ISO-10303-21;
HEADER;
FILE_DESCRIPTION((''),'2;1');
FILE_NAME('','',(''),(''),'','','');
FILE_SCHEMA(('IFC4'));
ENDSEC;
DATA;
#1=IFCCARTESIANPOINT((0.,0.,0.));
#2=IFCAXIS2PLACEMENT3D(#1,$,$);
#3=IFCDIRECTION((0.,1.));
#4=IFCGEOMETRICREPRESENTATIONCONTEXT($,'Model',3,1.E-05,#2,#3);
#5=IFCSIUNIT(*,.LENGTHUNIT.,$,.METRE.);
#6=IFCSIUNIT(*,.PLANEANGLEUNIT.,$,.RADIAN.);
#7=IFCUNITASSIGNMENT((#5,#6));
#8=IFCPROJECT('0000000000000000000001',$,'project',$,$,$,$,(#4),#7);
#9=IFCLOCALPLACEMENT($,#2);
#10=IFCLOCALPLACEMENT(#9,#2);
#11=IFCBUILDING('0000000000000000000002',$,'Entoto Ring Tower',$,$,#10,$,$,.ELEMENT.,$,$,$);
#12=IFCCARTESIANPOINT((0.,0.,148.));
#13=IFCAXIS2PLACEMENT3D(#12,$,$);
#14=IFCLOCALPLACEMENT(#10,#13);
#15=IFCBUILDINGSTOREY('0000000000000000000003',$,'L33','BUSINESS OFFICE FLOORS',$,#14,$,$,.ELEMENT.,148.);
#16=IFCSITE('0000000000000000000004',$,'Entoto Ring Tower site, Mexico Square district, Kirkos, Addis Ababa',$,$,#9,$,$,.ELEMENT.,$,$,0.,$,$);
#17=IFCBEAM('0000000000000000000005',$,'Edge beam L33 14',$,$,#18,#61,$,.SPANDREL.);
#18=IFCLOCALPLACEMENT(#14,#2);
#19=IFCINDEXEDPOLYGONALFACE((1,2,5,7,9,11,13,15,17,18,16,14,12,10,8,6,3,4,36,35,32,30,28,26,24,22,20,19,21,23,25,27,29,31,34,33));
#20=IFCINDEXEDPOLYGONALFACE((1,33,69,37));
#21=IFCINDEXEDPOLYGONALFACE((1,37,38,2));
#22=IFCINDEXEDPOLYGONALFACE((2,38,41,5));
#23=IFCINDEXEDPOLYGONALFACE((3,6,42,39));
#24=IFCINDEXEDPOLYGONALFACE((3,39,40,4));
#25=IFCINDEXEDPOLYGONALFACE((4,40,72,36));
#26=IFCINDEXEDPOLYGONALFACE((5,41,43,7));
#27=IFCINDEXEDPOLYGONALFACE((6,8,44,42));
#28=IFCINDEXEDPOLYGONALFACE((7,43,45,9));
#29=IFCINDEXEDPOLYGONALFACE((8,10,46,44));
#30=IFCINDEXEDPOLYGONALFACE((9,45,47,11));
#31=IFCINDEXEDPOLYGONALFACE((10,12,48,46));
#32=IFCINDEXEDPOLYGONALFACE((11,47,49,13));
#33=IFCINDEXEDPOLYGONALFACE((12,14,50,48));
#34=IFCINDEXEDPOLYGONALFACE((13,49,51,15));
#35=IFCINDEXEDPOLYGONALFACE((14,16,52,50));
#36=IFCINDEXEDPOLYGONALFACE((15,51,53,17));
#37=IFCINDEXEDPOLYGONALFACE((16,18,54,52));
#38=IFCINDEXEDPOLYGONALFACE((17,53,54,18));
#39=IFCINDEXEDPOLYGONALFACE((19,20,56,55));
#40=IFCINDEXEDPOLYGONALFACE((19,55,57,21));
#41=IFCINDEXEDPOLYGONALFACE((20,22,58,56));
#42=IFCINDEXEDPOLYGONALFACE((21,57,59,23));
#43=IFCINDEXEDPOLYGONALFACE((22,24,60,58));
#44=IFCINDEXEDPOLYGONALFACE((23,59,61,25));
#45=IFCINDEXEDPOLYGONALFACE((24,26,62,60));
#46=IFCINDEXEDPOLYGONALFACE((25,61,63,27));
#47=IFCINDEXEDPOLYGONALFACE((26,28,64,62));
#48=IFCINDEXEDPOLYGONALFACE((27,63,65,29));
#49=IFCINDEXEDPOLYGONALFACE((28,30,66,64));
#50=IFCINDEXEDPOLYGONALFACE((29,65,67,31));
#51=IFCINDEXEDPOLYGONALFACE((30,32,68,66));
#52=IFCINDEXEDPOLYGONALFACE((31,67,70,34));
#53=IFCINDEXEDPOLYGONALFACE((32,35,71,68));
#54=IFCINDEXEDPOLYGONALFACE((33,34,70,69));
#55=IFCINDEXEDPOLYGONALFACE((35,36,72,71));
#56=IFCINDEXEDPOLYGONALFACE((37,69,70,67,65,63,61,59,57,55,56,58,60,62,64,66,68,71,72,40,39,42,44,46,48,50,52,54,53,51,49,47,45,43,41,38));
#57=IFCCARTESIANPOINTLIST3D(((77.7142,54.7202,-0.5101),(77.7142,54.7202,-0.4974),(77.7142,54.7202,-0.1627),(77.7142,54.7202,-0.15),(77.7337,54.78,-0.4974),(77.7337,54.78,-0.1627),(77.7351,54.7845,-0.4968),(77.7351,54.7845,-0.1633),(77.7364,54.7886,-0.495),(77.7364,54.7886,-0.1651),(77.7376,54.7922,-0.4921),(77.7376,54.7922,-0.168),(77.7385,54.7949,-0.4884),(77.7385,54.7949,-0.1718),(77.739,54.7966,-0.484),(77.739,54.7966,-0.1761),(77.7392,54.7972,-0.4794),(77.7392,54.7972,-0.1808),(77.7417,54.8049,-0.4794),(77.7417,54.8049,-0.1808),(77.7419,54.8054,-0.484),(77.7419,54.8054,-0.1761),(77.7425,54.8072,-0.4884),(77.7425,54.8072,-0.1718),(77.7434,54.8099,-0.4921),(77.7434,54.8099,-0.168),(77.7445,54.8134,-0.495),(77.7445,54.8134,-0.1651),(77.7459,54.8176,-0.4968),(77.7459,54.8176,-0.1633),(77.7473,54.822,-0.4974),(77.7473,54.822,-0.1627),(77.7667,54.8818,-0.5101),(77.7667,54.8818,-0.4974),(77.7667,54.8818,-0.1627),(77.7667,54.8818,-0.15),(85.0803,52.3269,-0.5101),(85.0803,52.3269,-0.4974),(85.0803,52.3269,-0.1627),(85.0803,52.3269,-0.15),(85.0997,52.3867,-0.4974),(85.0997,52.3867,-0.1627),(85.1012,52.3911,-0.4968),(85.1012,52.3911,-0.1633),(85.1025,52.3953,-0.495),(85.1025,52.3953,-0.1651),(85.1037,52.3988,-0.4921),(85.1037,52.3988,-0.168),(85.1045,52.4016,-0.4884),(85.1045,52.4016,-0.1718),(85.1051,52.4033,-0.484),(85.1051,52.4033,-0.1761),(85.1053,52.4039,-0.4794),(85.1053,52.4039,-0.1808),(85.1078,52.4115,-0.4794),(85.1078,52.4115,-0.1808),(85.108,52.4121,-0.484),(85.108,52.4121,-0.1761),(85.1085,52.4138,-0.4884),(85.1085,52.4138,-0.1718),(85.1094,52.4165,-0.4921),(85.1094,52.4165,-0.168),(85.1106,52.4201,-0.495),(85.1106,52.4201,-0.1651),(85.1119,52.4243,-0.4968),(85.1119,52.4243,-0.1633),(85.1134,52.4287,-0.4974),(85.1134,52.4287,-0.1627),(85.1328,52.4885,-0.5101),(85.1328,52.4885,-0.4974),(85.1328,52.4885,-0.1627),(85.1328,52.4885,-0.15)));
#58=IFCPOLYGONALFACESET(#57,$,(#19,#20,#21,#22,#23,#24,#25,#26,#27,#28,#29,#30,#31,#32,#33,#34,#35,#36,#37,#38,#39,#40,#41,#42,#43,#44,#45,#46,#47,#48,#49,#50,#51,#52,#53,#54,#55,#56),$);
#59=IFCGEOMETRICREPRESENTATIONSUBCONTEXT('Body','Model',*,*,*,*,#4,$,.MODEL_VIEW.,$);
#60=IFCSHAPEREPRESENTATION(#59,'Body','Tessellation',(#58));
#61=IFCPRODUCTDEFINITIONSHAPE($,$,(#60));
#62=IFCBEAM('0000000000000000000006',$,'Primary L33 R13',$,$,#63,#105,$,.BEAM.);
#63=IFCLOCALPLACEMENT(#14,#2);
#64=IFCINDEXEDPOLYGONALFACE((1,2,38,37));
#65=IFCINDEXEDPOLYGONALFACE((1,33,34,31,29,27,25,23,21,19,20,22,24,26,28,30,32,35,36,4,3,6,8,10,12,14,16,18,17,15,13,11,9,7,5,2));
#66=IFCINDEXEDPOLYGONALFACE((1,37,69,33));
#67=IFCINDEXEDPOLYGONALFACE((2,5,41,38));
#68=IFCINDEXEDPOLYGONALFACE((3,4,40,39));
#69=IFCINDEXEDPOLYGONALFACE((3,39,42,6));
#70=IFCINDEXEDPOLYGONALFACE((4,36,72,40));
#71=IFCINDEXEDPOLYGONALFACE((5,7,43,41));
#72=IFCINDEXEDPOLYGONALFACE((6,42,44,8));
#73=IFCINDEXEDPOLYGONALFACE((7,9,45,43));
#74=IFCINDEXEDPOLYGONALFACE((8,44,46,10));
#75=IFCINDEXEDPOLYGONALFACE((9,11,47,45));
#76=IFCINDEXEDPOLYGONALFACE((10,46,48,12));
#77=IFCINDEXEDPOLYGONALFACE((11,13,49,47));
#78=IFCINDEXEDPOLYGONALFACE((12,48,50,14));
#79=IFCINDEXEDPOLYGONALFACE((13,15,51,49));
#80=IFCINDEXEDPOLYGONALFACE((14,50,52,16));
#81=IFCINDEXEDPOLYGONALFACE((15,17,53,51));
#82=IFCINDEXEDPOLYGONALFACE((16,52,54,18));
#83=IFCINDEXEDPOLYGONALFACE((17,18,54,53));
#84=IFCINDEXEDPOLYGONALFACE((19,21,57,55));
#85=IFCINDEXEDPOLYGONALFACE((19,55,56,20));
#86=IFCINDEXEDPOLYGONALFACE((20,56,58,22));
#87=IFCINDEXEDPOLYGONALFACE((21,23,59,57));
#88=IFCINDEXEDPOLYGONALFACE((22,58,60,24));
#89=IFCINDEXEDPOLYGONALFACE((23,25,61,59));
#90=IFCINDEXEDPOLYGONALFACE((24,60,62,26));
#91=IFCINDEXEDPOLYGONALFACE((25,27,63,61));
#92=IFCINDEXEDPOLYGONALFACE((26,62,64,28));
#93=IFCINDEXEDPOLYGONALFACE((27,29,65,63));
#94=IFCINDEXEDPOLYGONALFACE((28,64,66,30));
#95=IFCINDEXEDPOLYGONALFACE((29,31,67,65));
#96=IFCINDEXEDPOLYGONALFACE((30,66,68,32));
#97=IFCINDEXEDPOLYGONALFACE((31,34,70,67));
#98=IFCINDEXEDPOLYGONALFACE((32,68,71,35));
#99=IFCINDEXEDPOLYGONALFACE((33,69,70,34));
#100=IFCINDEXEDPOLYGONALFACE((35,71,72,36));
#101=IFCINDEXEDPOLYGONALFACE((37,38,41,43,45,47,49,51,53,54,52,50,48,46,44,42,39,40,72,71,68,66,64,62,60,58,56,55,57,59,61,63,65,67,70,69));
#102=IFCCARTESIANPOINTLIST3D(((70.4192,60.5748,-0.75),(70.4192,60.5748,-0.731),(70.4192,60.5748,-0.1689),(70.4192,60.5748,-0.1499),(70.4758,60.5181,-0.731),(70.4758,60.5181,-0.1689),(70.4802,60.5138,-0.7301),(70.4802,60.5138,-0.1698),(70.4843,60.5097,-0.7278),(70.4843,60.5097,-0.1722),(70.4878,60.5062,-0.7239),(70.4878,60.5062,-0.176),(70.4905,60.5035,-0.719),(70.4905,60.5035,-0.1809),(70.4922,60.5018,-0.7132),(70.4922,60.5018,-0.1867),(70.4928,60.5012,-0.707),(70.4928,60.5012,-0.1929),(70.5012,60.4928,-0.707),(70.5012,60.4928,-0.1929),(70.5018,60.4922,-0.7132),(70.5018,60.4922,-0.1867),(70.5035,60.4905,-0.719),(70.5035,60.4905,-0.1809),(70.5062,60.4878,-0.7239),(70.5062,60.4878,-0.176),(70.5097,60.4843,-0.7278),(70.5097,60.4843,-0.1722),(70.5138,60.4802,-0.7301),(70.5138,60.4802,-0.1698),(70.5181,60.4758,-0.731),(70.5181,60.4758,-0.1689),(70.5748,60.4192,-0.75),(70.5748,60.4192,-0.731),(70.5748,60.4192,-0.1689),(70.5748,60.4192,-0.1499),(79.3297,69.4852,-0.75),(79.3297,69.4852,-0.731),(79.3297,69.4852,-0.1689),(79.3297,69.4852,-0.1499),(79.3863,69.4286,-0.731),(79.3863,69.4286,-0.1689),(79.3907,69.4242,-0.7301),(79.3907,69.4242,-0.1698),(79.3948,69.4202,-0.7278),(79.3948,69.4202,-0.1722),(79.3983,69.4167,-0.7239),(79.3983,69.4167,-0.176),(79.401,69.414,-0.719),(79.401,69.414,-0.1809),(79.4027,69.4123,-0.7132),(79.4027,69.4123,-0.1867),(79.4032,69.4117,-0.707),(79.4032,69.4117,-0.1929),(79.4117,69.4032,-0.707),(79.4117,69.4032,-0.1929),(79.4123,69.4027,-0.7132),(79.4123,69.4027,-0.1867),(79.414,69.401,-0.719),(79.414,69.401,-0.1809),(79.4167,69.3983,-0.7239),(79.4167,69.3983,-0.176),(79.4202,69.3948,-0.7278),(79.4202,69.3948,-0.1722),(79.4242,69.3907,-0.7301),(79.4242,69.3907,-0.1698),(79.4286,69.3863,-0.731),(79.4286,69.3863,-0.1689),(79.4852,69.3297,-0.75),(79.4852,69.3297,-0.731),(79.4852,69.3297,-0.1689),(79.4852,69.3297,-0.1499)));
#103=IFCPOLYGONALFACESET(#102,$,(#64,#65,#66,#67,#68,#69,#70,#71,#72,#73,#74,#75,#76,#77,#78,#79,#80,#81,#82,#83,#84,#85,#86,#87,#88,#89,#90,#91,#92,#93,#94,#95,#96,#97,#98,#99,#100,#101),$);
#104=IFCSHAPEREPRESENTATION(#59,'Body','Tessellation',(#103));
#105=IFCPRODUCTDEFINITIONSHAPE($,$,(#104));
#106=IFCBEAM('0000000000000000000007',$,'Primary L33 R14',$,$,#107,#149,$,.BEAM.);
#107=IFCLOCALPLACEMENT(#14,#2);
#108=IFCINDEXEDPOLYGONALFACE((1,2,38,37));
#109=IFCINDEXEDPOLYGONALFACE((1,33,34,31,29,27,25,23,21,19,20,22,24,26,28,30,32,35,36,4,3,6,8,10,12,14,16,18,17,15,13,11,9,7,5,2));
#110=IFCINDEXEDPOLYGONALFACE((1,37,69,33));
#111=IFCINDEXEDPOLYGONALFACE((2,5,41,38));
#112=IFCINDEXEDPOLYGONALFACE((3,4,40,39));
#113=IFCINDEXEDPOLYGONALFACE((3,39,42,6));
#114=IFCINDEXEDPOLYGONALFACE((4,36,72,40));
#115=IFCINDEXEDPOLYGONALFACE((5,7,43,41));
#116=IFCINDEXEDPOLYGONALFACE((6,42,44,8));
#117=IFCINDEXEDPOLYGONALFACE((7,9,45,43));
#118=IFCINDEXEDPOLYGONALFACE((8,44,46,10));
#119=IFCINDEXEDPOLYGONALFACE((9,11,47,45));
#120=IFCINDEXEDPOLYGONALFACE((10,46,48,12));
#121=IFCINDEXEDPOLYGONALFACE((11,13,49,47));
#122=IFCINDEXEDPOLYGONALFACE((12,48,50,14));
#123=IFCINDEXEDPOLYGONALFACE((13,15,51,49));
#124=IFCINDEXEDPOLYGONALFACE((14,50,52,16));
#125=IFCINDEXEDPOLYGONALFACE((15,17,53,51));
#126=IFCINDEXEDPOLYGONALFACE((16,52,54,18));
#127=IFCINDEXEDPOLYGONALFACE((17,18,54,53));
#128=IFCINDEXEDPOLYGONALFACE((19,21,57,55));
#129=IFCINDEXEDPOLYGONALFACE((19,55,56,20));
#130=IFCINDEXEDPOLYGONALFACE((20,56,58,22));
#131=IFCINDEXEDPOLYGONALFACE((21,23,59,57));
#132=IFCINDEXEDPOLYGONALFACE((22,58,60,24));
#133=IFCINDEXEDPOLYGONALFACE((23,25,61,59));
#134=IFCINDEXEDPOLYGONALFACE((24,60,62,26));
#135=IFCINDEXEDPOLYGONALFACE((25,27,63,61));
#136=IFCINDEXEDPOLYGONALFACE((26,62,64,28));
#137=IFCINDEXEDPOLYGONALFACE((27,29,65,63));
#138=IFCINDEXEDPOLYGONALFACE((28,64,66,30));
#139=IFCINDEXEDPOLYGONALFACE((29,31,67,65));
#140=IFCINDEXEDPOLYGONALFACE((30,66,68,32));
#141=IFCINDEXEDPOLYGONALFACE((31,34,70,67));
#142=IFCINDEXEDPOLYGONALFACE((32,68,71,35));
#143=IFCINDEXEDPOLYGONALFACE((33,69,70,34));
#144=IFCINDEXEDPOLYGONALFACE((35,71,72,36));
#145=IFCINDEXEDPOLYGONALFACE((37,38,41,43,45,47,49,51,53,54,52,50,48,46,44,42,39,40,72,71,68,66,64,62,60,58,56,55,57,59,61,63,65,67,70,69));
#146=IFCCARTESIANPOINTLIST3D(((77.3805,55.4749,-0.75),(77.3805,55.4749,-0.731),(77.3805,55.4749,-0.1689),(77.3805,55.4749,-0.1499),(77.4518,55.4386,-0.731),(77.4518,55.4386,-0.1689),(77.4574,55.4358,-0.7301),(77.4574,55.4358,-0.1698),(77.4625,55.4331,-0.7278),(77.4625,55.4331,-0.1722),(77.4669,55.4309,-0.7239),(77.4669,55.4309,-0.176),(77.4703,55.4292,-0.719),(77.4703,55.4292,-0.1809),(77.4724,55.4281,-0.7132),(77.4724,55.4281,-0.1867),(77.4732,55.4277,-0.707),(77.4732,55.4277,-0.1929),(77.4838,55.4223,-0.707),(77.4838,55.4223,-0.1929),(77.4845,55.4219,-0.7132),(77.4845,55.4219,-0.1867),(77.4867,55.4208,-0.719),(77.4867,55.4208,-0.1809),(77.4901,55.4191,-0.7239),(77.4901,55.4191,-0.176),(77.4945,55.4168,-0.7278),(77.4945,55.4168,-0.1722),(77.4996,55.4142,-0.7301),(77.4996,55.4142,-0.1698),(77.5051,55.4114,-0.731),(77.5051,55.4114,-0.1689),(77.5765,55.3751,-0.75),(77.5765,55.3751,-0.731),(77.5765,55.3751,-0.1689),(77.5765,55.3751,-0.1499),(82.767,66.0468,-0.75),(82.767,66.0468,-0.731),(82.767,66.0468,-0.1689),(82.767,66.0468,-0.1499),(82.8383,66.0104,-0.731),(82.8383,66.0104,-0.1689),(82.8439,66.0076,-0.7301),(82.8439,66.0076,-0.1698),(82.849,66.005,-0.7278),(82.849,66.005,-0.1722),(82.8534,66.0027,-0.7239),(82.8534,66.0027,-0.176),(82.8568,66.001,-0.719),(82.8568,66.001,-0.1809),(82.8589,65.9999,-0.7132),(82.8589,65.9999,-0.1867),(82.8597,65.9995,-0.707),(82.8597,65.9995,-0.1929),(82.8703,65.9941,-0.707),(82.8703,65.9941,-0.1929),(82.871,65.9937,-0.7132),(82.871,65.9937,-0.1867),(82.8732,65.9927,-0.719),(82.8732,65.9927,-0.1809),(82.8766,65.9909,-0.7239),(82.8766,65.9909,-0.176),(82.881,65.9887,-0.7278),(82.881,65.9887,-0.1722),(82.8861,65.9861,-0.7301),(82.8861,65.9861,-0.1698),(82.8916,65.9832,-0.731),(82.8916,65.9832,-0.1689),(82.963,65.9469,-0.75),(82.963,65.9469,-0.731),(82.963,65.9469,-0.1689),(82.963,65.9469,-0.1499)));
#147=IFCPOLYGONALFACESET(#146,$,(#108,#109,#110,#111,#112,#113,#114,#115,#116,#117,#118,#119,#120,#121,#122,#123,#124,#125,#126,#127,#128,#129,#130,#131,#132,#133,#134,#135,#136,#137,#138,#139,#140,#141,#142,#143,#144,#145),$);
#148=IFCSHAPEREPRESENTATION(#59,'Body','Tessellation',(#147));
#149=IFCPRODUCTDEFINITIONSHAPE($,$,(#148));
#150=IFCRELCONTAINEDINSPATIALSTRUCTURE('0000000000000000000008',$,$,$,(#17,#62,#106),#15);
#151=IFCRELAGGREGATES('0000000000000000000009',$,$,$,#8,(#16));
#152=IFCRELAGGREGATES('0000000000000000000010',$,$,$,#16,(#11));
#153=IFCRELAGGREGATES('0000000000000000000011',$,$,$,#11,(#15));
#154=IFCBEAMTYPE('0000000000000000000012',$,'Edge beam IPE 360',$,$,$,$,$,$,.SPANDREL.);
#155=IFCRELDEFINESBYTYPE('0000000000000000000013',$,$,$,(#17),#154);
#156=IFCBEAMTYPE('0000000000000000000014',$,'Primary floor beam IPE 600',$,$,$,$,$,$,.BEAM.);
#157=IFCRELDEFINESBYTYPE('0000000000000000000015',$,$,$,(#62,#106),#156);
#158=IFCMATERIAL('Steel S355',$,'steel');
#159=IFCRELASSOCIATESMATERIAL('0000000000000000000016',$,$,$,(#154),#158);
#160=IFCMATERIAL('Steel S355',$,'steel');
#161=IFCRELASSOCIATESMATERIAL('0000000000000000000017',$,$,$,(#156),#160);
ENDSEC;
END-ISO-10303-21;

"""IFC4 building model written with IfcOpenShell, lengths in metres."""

from ifc_helpers import new_model, si_unit, direction, frame, origin, origin_2d, place, context, subcontext, project, spatial, i_section, extrude, material, material_profile, profile_set, type_object, element, save


model = new_model("IFC4")

# Units and contexts
model_context = context("Model", 3, precision=1e-05, world=origin(), true_north=direction((0.0, 1.0)))
body_context = subcontext(model_context, "Body", "Model", "MODEL_VIEW")
ifc_project = project(units=[si_unit("LENGTHUNIT", "METRE"), si_unit("PLANEANGLEUNIT", "RADIAN")], contexts=[model_context])

# Site, building, storey
site_placement = place(None, origin())
site = spatial("IfcSite", under=ifc_project, at=site_placement, Name="Entoto Ring Tower site, Mexico Square district, Kirkos, Addis Ababa", CompositionType="ELEMENT", RefElevation=0.0)
building_placement = place(site_placement, origin())
building = spatial("IfcBuilding", under=site, at=building_placement, Name="Entoto Ring Tower", CompositionType="ELEMENT")
storey_placement = place(building_placement, frame((0.0, 0.0, 148.0)))
storey = spatial("IfcBuildingStorey", under=building, at=storey_placement, Name="L33", Description="BUSINESS OFFICE FLOORS", CompositionType="ELEMENT", Elevation=148.0)

# Beams
ifc_material_1 = material(Name="Steel S355", Category="steel")
ifc_material_profile_1 = material_profile(ifc_material_1, i_section(OverallWidth=0.1699, OverallDepth=0.3601, WebThickness=0.0081, FlangeThickness=0.0127, FilletRadius=0.0181, at=origin_2d()), Name="IPE 360")
ifc_profile_set_1 = profile_set([ifc_material_profile_1], Name="Steel S355")
beam_type_1 = type_object("IfcBeamType", Name="Edge beam IPE 360", PredefinedType="SPANDREL", material=ifc_profile_set_1)
for number, where, z_axis, x_axis, name in (
    (1, (77.7405, 54.801, -0.3301), (0.951058, -0.309013, 0.0), (0.309013, 0.951058, 0.0), "Edge beam L33 14"),
):
    element("IfcBeam", number, at=place(storey_placement, frame(where, z_axis=z_axis, x_axis=x_axis)), inside=storey, type_object=beam_type_1, Name=name, PredefinedType="SPANDREL", context=body_context, shape_type="SweptSolid", body=[
        extrude(i_section(OverallWidth=0.1699, OverallDepth=0.3601, WebThickness=0.0081, FlangeThickness=0.0127, FilletRadius=0.0181, at=origin_2d()), origin(), (0.0, 0.0, 1.0), 7.7451),
    ])
ifc_material_2 = material(Name="Steel S355", Category="steel")
ifc_material_profile_2 = material_profile(ifc_material_2, i_section(OverallWidth=0.22, OverallDepth=0.6001, WebThickness=0.012, FlangeThickness=0.019, FilletRadius=0.0239, at=origin_2d()), Name="IPE 600")
ifc_profile_set_2 = profile_set([ifc_material_profile_2], Name="Steel S355")
beam_type_2 = type_object("IfcBeamType", Name="Primary floor beam IPE 600", PredefinedType="BEAM", material=ifc_profile_set_2)
beam_1_placement = place(storey_placement, frame((79.4075, 69.4075, -0.45), z_axis=(-0.707107, -0.707107, 0.0), x_axis=(0.707107, -0.707107, 0.0)))
element("IfcBeam", 2, at=beam_1_placement, inside=storey, type_object=beam_type_2, Name="Primary L33 R13", PredefinedType="BEAM", context=body_context, shape_type="SweptSolid", body=[
    extrude(i_section(OverallWidth=0.22, OverallDepth=0.6001, WebThickness=0.012, FlangeThickness=0.019, FilletRadius=0.0239, at=origin_2d()), origin(), (0.0, 0.0, 1.0), 12.6013),
])
beam_2_placement = place(storey_placement, frame((82.865, 65.9968, -0.45), z_axis=(-0.453983, -0.89101, 0.0), x_axis=(0.89101, -0.453983, 0.0)))
element("IfcBeam", 3, at=beam_2_placement, inside=storey, type_object=beam_type_2, Name="Primary L33 R14", PredefinedType="BEAM", context=body_context, shape_type="SweptSolid", body=[
    extrude(i_section(OverallWidth=0.22, OverallDepth=0.6001, WebThickness=0.012, FlangeThickness=0.019, FilletRadius=0.0239, at=origin_2d()), origin(), (0.0, 0.0, 1.0), 11.865),
])

save(model, "model.ifc")
